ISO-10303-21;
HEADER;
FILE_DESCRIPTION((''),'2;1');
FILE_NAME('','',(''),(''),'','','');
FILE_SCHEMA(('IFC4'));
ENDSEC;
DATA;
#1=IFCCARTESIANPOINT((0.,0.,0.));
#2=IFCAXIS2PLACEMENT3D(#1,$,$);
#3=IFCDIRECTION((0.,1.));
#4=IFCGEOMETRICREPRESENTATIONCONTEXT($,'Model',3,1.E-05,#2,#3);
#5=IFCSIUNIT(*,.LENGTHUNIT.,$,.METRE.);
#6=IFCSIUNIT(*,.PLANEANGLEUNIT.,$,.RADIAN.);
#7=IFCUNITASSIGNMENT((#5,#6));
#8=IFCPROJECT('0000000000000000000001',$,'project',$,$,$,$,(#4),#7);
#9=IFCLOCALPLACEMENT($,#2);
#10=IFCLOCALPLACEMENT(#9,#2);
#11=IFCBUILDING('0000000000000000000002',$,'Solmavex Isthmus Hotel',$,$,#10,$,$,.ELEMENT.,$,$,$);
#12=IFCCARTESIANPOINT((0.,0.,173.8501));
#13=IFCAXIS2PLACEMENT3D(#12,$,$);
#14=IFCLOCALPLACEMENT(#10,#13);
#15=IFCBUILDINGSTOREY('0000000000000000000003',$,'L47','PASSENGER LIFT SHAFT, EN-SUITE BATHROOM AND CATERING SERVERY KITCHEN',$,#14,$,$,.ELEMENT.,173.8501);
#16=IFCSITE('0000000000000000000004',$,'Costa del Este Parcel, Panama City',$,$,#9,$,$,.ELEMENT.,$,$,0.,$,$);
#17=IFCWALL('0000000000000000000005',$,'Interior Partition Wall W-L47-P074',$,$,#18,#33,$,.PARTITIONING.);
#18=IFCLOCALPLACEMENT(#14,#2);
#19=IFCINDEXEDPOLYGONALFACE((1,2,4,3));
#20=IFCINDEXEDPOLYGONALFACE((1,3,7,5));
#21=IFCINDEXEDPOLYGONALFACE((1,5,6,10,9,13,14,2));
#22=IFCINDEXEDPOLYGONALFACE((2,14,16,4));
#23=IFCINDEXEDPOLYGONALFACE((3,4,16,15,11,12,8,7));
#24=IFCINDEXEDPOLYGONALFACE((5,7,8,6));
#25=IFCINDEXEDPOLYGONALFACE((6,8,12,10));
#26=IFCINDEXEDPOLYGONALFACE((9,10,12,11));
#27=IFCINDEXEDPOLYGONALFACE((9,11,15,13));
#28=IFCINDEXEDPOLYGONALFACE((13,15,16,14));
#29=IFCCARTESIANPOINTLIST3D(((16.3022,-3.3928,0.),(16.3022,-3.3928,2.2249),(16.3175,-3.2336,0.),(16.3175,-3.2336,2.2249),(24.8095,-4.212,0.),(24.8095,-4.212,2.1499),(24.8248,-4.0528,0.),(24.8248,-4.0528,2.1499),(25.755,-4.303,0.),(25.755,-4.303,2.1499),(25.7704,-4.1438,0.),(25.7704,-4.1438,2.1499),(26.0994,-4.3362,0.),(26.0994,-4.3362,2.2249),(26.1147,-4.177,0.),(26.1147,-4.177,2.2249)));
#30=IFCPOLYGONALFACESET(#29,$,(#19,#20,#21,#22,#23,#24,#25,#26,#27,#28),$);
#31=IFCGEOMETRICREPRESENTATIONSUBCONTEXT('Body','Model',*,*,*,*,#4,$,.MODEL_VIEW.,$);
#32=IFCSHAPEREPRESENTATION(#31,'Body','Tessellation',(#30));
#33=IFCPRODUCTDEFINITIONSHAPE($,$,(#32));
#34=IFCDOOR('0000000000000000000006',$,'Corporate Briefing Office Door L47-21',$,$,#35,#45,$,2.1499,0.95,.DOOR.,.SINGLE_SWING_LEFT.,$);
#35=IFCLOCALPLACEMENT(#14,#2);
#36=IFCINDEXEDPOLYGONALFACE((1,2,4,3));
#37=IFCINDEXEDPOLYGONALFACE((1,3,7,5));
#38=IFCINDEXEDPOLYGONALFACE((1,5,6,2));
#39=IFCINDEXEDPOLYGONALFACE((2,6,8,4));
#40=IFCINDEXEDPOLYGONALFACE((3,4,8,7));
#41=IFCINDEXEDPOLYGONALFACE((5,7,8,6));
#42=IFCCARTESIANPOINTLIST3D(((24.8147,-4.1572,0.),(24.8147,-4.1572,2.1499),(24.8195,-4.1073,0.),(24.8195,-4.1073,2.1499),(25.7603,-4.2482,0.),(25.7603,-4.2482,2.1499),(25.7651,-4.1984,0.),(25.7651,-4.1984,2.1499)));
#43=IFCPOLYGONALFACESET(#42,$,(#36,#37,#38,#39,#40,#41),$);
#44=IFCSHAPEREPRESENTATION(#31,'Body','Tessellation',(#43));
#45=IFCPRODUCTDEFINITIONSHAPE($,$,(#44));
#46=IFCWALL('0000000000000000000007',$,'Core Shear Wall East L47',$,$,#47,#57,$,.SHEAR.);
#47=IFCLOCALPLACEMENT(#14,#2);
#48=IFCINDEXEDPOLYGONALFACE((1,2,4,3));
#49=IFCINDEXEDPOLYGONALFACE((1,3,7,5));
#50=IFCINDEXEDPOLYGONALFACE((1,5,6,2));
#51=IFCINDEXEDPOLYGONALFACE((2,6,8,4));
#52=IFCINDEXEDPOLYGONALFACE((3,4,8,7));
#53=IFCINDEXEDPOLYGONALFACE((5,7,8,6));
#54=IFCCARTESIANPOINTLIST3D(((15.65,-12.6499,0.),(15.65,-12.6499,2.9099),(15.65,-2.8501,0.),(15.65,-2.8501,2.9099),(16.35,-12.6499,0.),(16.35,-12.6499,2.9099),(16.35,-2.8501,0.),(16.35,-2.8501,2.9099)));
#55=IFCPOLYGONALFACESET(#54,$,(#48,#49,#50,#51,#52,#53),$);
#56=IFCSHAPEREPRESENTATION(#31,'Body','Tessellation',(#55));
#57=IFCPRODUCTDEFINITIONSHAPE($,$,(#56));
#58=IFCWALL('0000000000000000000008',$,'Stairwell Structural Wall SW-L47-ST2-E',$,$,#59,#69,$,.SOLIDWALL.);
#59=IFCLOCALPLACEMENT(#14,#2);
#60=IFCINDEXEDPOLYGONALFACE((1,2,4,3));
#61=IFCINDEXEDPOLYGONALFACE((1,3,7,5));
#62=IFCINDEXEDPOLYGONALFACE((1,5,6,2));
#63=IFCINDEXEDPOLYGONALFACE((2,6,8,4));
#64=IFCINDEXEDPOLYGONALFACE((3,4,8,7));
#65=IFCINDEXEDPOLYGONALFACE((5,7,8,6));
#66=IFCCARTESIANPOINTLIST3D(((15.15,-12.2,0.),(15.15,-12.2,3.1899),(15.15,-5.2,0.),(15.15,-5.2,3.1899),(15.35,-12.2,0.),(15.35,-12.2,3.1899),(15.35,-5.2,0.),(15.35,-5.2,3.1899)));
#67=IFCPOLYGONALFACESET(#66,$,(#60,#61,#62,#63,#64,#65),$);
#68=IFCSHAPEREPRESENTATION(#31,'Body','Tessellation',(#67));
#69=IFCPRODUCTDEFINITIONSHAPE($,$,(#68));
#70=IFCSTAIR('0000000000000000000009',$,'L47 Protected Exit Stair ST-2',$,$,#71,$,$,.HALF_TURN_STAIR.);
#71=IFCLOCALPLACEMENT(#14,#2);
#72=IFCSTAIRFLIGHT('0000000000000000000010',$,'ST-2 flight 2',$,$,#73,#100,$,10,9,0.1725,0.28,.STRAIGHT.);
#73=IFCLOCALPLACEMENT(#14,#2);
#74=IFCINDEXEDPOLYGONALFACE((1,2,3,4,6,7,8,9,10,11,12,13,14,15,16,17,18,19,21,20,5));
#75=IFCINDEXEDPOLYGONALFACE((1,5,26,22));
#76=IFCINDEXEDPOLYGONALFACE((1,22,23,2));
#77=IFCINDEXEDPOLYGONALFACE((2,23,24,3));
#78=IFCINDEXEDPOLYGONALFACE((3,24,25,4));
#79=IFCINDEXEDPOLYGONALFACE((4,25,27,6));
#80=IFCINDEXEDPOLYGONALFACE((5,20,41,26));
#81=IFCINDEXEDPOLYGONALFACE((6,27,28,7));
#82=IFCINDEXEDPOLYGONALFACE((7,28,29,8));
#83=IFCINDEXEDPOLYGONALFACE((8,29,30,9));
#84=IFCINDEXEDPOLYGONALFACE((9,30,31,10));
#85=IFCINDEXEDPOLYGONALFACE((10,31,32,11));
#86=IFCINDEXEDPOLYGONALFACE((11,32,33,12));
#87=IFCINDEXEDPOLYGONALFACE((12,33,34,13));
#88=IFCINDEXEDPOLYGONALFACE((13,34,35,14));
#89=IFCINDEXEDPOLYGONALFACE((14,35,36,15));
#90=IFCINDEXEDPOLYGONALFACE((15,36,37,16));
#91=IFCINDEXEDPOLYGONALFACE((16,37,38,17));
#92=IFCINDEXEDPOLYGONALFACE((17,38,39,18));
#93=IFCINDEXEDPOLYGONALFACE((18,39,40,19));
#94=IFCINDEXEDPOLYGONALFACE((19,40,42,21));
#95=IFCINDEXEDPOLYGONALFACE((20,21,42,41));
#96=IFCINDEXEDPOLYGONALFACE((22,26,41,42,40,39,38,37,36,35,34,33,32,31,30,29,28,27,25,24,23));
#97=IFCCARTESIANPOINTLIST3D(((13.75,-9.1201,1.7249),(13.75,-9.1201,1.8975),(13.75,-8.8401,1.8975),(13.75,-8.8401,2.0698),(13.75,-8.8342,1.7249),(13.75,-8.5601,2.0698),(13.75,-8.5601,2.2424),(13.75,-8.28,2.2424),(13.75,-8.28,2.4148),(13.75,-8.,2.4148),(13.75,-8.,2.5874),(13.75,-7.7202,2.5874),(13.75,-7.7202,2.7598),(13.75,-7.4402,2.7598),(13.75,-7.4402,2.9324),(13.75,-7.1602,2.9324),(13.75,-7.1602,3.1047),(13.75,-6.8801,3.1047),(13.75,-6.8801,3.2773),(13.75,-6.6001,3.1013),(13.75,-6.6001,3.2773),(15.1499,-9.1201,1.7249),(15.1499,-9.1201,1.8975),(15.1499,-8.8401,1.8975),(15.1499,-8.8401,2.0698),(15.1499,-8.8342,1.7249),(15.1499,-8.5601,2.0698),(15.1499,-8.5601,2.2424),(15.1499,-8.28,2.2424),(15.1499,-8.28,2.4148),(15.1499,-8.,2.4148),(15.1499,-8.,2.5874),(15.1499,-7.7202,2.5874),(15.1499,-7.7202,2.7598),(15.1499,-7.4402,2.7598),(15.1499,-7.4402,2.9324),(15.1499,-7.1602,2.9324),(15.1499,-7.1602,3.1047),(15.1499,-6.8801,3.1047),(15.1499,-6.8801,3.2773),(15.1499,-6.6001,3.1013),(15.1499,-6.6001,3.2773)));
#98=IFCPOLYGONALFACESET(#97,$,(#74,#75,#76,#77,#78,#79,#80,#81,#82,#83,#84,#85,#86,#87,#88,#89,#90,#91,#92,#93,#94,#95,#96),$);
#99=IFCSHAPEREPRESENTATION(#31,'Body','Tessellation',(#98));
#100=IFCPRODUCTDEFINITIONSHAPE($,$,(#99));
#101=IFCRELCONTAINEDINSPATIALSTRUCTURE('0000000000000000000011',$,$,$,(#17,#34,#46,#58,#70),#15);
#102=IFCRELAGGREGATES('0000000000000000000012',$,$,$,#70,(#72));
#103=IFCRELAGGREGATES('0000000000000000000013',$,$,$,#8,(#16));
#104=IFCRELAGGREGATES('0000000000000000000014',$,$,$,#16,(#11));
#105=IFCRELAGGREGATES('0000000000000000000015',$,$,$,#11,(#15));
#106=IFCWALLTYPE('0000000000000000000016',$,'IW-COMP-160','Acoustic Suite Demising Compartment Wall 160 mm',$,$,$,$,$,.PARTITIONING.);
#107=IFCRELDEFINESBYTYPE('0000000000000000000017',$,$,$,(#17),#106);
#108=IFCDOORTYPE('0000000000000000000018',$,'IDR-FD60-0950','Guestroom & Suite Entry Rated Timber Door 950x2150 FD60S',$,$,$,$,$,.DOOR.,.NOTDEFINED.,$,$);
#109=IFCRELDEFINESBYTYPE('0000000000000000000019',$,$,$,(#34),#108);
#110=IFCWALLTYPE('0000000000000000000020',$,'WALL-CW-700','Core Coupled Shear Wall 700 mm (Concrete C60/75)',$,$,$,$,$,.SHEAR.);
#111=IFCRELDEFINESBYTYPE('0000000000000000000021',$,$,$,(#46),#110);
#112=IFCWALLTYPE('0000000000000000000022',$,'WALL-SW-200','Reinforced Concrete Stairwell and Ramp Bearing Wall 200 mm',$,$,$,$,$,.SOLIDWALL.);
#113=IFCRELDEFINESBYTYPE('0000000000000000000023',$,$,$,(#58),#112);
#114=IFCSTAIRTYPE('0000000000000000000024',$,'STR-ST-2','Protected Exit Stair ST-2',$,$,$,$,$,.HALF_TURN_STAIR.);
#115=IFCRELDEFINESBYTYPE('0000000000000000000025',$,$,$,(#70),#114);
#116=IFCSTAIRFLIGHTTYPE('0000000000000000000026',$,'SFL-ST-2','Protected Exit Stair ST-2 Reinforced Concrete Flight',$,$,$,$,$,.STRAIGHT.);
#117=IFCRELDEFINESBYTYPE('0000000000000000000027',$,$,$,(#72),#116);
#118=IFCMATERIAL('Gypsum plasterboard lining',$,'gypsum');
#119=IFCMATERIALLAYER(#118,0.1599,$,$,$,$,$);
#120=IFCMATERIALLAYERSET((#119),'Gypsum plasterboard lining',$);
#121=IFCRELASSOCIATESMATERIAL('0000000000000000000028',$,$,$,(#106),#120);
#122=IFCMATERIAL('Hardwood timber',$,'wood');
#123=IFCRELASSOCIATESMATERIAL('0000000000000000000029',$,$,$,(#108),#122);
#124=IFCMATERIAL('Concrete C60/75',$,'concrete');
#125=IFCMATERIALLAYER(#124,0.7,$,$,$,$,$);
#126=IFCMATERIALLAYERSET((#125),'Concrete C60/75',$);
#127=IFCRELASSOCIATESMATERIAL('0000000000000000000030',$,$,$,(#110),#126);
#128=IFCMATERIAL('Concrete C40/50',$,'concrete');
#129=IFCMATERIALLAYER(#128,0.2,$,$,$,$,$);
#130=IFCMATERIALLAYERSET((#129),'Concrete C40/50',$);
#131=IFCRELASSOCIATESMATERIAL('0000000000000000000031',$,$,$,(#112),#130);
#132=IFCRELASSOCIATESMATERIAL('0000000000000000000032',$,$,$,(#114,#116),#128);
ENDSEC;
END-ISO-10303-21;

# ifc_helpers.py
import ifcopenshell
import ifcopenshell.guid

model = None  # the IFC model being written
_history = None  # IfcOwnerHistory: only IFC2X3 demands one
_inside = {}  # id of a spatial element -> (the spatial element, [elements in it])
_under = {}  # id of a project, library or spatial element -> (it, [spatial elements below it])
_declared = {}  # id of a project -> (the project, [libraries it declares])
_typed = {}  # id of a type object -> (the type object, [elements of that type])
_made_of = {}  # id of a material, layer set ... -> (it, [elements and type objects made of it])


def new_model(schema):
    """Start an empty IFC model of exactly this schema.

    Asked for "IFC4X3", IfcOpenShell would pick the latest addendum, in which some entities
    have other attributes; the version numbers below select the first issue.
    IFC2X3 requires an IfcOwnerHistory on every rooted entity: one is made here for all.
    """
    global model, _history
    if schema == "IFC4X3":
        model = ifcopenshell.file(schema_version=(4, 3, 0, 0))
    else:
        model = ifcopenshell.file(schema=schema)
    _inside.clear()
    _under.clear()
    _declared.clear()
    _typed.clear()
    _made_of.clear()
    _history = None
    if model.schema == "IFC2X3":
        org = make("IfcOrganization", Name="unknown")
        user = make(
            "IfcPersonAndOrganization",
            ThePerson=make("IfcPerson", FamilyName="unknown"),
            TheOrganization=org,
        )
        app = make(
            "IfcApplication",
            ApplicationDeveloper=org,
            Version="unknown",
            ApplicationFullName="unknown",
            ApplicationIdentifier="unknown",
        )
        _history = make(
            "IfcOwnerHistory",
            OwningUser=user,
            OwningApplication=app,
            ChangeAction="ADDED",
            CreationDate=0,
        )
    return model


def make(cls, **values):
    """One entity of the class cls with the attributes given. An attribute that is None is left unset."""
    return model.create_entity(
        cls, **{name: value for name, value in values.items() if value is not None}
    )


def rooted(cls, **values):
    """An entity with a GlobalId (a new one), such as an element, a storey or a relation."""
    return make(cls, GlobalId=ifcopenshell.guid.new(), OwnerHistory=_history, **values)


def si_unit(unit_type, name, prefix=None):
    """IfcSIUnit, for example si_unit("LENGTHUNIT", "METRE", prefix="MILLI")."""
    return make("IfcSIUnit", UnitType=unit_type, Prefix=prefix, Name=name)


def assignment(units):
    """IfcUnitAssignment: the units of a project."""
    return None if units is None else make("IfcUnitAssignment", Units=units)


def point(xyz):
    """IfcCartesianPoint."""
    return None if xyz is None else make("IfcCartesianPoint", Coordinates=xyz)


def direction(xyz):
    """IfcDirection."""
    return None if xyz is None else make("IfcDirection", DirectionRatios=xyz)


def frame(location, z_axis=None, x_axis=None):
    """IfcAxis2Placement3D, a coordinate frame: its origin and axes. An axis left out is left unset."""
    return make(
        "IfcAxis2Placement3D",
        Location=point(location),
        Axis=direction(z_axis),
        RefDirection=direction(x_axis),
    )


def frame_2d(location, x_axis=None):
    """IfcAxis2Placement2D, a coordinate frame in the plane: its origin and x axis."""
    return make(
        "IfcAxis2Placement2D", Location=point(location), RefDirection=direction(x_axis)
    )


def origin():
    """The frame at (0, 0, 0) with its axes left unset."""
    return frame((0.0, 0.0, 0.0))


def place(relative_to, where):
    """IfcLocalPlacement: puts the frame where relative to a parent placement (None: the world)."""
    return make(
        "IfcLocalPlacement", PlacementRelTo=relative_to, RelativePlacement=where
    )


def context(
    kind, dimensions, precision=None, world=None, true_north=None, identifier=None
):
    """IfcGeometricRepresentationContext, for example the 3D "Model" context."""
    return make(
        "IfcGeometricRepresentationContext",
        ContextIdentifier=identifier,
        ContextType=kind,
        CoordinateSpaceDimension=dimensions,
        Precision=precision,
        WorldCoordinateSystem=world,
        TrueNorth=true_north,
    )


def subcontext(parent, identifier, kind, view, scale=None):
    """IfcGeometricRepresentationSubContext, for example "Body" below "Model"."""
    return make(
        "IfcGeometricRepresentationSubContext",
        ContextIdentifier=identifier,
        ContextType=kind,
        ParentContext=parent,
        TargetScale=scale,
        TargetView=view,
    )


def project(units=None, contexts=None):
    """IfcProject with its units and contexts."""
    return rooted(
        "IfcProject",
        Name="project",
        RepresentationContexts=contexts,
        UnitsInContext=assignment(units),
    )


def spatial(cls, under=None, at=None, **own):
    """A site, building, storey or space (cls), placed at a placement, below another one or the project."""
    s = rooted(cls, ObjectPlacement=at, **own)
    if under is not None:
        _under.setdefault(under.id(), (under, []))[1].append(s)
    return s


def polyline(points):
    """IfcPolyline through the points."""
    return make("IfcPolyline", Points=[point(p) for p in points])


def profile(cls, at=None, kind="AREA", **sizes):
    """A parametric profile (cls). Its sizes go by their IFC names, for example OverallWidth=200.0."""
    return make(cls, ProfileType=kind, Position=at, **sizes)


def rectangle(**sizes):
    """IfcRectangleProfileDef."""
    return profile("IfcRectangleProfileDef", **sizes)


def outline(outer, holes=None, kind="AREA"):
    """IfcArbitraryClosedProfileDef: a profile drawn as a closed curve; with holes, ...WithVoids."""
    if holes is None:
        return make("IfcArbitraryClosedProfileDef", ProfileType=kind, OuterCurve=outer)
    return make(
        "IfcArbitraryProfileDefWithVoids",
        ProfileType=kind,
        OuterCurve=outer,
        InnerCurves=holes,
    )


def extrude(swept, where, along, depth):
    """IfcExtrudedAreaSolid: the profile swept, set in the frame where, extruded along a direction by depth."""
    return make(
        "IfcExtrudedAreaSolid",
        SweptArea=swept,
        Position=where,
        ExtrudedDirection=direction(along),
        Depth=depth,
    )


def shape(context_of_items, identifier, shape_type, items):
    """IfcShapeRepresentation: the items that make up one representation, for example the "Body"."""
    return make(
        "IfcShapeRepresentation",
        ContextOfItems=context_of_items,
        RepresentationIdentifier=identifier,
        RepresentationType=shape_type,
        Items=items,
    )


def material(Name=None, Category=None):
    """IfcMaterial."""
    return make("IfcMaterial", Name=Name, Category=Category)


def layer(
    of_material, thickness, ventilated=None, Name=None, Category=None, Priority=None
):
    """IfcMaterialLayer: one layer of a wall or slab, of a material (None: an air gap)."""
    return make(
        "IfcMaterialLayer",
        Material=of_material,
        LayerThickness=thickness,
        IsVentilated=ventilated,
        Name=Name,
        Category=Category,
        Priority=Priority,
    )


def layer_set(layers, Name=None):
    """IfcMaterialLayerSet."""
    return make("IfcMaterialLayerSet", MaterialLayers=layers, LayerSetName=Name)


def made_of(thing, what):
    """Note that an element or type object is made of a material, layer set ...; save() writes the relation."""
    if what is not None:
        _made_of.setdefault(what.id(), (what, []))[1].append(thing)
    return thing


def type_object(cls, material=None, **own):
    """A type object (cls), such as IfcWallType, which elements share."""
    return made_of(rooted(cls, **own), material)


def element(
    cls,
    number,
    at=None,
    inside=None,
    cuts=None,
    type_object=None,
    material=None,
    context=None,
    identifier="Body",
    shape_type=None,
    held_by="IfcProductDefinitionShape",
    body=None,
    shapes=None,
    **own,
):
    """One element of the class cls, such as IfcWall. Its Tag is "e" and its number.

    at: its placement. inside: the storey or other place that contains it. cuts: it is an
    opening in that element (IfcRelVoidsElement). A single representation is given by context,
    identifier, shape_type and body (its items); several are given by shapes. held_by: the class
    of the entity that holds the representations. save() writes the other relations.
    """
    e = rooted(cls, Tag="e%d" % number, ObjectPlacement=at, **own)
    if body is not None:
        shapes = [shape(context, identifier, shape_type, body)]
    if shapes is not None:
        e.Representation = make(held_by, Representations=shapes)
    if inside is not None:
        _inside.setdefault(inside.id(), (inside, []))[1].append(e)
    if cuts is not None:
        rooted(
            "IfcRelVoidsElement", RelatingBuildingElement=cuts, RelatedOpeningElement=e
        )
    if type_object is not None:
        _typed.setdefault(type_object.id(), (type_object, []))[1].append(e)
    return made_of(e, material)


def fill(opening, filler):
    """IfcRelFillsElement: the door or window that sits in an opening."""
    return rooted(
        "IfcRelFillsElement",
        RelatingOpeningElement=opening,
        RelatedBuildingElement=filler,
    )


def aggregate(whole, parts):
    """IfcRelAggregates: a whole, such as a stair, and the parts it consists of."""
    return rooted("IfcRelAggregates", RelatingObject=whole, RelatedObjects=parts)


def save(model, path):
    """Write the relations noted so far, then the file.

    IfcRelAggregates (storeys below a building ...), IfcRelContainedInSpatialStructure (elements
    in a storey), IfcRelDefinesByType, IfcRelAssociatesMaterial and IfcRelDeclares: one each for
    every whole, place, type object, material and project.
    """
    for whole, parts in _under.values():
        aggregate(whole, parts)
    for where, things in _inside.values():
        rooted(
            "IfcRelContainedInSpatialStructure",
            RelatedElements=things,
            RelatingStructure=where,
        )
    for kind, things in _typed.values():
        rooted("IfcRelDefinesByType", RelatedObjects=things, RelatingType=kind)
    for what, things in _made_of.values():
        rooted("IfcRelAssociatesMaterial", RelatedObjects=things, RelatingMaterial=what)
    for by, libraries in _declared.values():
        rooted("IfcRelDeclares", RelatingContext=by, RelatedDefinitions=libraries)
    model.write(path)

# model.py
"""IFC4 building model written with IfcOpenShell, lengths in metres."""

from ifc_helpers import new_model, si_unit, direction, frame, frame_2d, origin, place, context, subcontext, project, spatial, polyline, rectangle, outline, extrude, material, layer, layer_set, type_object, element, fill, aggregate, save


model = new_model("IFC4")

# Units and contexts
model_context = context("Model", 3, precision=1e-05, world=origin(), true_north=direction((0.0, 1.0)))
body_context = subcontext(model_context, "Body", "Model", "MODEL_VIEW")
ifc_project = project(units=[si_unit("LENGTHUNIT", "METRE"), si_unit("PLANEANGLEUNIT", "RADIAN")], contexts=[model_context])

# Site, building, storey
site_placement = place(None, origin())
site = spatial("IfcSite", under=ifc_project, at=site_placement, Name="Costa del Este Parcel, Panama City", CompositionType="ELEMENT", RefElevation=0.0)
building_placement = place(site_placement, origin())
building = spatial("IfcBuilding", under=site, at=building_placement, Name="Solmavex Isthmus Hotel", CompositionType="ELEMENT")
storey_placement = place(building_placement, frame((0.0, 0.0, 173.8501)))
storey = spatial("IfcBuildingStorey", under=building, at=storey_placement, Name="L47", Description="PASSENGER LIFT SHAFT, EN-SUITE BATHROOM AND CATERING SERVERY KITCHEN", CompositionType="ELEMENT", Elevation=173.8501)

# Shared definitions
ifc_material_1 = material(Name="Concrete C60/75", Category="concrete")

# Wall, opening, door
ifc_material_2 = material(Name="Gypsum plasterboard lining", Category="gypsum")
ifc_layer_1 = layer(ifc_material_2, 0.1599)
ifc_layer_set_1 = layer_set([ifc_layer_1], Name="Gypsum plasterboard lining")
wall_type_1 = type_object("IfcWallType", Name="IW-COMP-160", Description="Acoustic Suite Demising Compartment Wall 160 mm", PredefinedType="PARTITIONING", material=ifc_layer_set_1)
wall_1_placement = place(storey_placement, frame((26.1072, -4.2566, 0.0), z_axis=(0.0, 0.0, 1.0), x_axis=(-0.995396, 0.095846, 0.0)))
wall_1 = element("IfcWall", 1, at=wall_1_placement, inside=storey, type_object=wall_type_1, Name="Interior Partition Wall W-L47-P074", PredefinedType="PARTITIONING", context=body_context, shape_type="SweptSolid", body=[
    extrude(rectangle(XDim=9.8425, YDim=0.1599, at=frame_2d((4.9214, 0.0))), origin(), (0.0, 0.0, 1.0), 2.2249),
])
opening_placement = place(wall_1_placement, frame((0.3459, 0.0, 0.0)))
opening = element("IfcOpeningElement", 2, at=opening_placement, cuts=wall_1, PredefinedType="OPENING", context=body_context, shape_type="SweptSolid", body=[
    extrude(rectangle(XDim=0.95, YDim=2.1499, at=frame_2d((0.4751, 1.075))), frame((0.0, 0.0898, 0.0), z_axis=(0.0, -1.0, 0.0), x_axis=(1.0, 0.0, 0.0)), (0.0, 0.0, 1.0), 0.1799),
])
ifc_material_3 = material(Name="Hardwood timber", Category="wood")
door_type = type_object("IfcDoorType", Name="IDR-FD60-0950", Description="Guestroom & Suite Entry Rated Timber Door 950x2150 FD60S", OperationType="NOTDEFINED", PredefinedType="DOOR", material=ifc_material_3)
door_placement = place(opening_placement, origin())
door = element("IfcDoor", 3, at=door_placement, inside=storey, type_object=door_type, Name="Corporate Briefing Office Door L47-21", OperationType="SINGLE_SWING_LEFT", OverallHeight=2.1499, OverallWidth=0.95, PredefinedType="DOOR", context=body_context, shape_type="SweptSolid", body=[
    extrude(rectangle(XDim=0.95, YDim=2.1499, at=frame_2d((0.4751, 1.075))), frame((0.0, 0.0249, 0.0), z_axis=(0.0, -1.0, 0.0), x_axis=(1.0, 0.0, 0.0)), (0.0, 0.0, 1.0), 0.05),
])
fill(opening, door)

# Walls
ifc_layer_2 = layer(ifc_material_1, 0.7)
ifc_layer_set_2 = layer_set([ifc_layer_2], Name="Concrete C60/75")
wall_type_2 = type_object("IfcWallType", Name="WALL-CW-700", Description="Core Coupled Shear Wall 700 mm (Concrete C60/75)", PredefinedType="SHEAR", material=ifc_layer_set_2)
wall_2_placement = place(storey_placement, frame((16.0, -12.6499, 0.0), z_axis=(0.0, 0.0, 1.0), x_axis=(0.0, 1.0, 0.0)))
element("IfcWall", 4, at=wall_2_placement, inside=storey, type_object=wall_type_2, Name="Core Shear Wall East L47", PredefinedType="SHEAR", context=body_context, shape_type="SweptSolid", body=[
    extrude(rectangle(XDim=9.7998, YDim=0.7, at=frame_2d((4.8999, 0.0))), origin(), (0.0, 0.0, 1.0), 2.9099),
])
ifc_material_4 = material(Name="Concrete C40/50", Category="concrete")
ifc_layer_3 = layer(ifc_material_4, 0.2)
ifc_layer_set_3 = layer_set([ifc_layer_3], Name="Concrete C40/50")
wall_type_3 = type_object("IfcWallType", Name="WALL-SW-200", Description="Reinforced Concrete Stairwell and Ramp Bearing Wall 200 mm", PredefinedType="SOLIDWALL", material=ifc_layer_set_3)
wall_3_placement = place(storey_placement, frame((15.25, -12.2, 0.0), z_axis=(0.0, 0.0, 1.0), x_axis=(0.0, 1.0, 0.0)))
element("IfcWall", 5, at=wall_3_placement, inside=storey, type_object=wall_type_3, Name="Stairwell Structural Wall SW-L47-ST2-E", PredefinedType="SOLIDWALL", context=body_context, shape_type="SweptSolid", body=[
    extrude(rectangle(XDim=7.0, YDim=0.2, at=frame_2d((3.5, 0.0))), origin(), (0.0, 0.0, 1.0), 3.1899),
])

# Stair, stair flight
stair_type = type_object("IfcStairType", Name="STR-ST-2", Description="Protected Exit Stair ST-2", PredefinedType="HALF_TURN_STAIR", material=ifc_material_4)
stair_placement = place(storey_placement, origin())
stair = element("IfcStair", 6, at=stair_placement, inside=storey, type_object=stair_type, Name="L47 Protected Exit Stair ST-2", PredefinedType="HALF_TURN_STAIR")
stair_flight_type = type_object("IfcStairFlightType", Name="SFL-ST-2", Description="Protected Exit Stair ST-2 Reinforced Concrete Flight", PredefinedType="STRAIGHT", material=ifc_material_4)
stair_flight_placement = place(storey_placement, frame((14.45, -9.1201, 1.7249), z_axis=(0.0, 0.0, 1.0), x_axis=(0.0, 1.0, 0.0)))
stair_flight = element("IfcStairFlight", 7, at=stair_flight_placement, type_object=stair_flight_type, Name="ST-2 flight 2", NumberOfRisers=10, NumberOfTreads=9, PredefinedType="STRAIGHT", RiserHeight=0.1725, TreadLength=0.28, context=body_context, shape_type="SweptSolid", body=[
    extrude(outline(polyline([(0.0, 0.0), (0.0, 0.1726), (0.28, 0.1726), (0.28, 0.345), (0.5601, 0.345), (0.5601, 0.5176), (0.8401, 0.5176), (0.8401, 0.6899), (1.1201, 0.6899), (1.1201, 0.8625), (1.3999, 0.8625), (1.3999, 1.0349), (1.6799, 1.0349), (1.6799, 1.2075), (1.96, 1.2075), (1.96, 1.3799), (2.24, 1.3799), (2.24, 1.5525), (2.52, 1.5525), (2.52, 1.7251), (2.52, 1.3765), (0.2859, 0.0), (0.0, 0.0)])), frame((0.0, 0.7, 0.0), z_axis=(0.0, -1.0, 0.0), x_axis=(1.0, 0.0, 0.0)), (0.0, 0.0, 1.0), 1.3999),
])
aggregate(stair, [stair_flight])

save(model, "model.ifc")
